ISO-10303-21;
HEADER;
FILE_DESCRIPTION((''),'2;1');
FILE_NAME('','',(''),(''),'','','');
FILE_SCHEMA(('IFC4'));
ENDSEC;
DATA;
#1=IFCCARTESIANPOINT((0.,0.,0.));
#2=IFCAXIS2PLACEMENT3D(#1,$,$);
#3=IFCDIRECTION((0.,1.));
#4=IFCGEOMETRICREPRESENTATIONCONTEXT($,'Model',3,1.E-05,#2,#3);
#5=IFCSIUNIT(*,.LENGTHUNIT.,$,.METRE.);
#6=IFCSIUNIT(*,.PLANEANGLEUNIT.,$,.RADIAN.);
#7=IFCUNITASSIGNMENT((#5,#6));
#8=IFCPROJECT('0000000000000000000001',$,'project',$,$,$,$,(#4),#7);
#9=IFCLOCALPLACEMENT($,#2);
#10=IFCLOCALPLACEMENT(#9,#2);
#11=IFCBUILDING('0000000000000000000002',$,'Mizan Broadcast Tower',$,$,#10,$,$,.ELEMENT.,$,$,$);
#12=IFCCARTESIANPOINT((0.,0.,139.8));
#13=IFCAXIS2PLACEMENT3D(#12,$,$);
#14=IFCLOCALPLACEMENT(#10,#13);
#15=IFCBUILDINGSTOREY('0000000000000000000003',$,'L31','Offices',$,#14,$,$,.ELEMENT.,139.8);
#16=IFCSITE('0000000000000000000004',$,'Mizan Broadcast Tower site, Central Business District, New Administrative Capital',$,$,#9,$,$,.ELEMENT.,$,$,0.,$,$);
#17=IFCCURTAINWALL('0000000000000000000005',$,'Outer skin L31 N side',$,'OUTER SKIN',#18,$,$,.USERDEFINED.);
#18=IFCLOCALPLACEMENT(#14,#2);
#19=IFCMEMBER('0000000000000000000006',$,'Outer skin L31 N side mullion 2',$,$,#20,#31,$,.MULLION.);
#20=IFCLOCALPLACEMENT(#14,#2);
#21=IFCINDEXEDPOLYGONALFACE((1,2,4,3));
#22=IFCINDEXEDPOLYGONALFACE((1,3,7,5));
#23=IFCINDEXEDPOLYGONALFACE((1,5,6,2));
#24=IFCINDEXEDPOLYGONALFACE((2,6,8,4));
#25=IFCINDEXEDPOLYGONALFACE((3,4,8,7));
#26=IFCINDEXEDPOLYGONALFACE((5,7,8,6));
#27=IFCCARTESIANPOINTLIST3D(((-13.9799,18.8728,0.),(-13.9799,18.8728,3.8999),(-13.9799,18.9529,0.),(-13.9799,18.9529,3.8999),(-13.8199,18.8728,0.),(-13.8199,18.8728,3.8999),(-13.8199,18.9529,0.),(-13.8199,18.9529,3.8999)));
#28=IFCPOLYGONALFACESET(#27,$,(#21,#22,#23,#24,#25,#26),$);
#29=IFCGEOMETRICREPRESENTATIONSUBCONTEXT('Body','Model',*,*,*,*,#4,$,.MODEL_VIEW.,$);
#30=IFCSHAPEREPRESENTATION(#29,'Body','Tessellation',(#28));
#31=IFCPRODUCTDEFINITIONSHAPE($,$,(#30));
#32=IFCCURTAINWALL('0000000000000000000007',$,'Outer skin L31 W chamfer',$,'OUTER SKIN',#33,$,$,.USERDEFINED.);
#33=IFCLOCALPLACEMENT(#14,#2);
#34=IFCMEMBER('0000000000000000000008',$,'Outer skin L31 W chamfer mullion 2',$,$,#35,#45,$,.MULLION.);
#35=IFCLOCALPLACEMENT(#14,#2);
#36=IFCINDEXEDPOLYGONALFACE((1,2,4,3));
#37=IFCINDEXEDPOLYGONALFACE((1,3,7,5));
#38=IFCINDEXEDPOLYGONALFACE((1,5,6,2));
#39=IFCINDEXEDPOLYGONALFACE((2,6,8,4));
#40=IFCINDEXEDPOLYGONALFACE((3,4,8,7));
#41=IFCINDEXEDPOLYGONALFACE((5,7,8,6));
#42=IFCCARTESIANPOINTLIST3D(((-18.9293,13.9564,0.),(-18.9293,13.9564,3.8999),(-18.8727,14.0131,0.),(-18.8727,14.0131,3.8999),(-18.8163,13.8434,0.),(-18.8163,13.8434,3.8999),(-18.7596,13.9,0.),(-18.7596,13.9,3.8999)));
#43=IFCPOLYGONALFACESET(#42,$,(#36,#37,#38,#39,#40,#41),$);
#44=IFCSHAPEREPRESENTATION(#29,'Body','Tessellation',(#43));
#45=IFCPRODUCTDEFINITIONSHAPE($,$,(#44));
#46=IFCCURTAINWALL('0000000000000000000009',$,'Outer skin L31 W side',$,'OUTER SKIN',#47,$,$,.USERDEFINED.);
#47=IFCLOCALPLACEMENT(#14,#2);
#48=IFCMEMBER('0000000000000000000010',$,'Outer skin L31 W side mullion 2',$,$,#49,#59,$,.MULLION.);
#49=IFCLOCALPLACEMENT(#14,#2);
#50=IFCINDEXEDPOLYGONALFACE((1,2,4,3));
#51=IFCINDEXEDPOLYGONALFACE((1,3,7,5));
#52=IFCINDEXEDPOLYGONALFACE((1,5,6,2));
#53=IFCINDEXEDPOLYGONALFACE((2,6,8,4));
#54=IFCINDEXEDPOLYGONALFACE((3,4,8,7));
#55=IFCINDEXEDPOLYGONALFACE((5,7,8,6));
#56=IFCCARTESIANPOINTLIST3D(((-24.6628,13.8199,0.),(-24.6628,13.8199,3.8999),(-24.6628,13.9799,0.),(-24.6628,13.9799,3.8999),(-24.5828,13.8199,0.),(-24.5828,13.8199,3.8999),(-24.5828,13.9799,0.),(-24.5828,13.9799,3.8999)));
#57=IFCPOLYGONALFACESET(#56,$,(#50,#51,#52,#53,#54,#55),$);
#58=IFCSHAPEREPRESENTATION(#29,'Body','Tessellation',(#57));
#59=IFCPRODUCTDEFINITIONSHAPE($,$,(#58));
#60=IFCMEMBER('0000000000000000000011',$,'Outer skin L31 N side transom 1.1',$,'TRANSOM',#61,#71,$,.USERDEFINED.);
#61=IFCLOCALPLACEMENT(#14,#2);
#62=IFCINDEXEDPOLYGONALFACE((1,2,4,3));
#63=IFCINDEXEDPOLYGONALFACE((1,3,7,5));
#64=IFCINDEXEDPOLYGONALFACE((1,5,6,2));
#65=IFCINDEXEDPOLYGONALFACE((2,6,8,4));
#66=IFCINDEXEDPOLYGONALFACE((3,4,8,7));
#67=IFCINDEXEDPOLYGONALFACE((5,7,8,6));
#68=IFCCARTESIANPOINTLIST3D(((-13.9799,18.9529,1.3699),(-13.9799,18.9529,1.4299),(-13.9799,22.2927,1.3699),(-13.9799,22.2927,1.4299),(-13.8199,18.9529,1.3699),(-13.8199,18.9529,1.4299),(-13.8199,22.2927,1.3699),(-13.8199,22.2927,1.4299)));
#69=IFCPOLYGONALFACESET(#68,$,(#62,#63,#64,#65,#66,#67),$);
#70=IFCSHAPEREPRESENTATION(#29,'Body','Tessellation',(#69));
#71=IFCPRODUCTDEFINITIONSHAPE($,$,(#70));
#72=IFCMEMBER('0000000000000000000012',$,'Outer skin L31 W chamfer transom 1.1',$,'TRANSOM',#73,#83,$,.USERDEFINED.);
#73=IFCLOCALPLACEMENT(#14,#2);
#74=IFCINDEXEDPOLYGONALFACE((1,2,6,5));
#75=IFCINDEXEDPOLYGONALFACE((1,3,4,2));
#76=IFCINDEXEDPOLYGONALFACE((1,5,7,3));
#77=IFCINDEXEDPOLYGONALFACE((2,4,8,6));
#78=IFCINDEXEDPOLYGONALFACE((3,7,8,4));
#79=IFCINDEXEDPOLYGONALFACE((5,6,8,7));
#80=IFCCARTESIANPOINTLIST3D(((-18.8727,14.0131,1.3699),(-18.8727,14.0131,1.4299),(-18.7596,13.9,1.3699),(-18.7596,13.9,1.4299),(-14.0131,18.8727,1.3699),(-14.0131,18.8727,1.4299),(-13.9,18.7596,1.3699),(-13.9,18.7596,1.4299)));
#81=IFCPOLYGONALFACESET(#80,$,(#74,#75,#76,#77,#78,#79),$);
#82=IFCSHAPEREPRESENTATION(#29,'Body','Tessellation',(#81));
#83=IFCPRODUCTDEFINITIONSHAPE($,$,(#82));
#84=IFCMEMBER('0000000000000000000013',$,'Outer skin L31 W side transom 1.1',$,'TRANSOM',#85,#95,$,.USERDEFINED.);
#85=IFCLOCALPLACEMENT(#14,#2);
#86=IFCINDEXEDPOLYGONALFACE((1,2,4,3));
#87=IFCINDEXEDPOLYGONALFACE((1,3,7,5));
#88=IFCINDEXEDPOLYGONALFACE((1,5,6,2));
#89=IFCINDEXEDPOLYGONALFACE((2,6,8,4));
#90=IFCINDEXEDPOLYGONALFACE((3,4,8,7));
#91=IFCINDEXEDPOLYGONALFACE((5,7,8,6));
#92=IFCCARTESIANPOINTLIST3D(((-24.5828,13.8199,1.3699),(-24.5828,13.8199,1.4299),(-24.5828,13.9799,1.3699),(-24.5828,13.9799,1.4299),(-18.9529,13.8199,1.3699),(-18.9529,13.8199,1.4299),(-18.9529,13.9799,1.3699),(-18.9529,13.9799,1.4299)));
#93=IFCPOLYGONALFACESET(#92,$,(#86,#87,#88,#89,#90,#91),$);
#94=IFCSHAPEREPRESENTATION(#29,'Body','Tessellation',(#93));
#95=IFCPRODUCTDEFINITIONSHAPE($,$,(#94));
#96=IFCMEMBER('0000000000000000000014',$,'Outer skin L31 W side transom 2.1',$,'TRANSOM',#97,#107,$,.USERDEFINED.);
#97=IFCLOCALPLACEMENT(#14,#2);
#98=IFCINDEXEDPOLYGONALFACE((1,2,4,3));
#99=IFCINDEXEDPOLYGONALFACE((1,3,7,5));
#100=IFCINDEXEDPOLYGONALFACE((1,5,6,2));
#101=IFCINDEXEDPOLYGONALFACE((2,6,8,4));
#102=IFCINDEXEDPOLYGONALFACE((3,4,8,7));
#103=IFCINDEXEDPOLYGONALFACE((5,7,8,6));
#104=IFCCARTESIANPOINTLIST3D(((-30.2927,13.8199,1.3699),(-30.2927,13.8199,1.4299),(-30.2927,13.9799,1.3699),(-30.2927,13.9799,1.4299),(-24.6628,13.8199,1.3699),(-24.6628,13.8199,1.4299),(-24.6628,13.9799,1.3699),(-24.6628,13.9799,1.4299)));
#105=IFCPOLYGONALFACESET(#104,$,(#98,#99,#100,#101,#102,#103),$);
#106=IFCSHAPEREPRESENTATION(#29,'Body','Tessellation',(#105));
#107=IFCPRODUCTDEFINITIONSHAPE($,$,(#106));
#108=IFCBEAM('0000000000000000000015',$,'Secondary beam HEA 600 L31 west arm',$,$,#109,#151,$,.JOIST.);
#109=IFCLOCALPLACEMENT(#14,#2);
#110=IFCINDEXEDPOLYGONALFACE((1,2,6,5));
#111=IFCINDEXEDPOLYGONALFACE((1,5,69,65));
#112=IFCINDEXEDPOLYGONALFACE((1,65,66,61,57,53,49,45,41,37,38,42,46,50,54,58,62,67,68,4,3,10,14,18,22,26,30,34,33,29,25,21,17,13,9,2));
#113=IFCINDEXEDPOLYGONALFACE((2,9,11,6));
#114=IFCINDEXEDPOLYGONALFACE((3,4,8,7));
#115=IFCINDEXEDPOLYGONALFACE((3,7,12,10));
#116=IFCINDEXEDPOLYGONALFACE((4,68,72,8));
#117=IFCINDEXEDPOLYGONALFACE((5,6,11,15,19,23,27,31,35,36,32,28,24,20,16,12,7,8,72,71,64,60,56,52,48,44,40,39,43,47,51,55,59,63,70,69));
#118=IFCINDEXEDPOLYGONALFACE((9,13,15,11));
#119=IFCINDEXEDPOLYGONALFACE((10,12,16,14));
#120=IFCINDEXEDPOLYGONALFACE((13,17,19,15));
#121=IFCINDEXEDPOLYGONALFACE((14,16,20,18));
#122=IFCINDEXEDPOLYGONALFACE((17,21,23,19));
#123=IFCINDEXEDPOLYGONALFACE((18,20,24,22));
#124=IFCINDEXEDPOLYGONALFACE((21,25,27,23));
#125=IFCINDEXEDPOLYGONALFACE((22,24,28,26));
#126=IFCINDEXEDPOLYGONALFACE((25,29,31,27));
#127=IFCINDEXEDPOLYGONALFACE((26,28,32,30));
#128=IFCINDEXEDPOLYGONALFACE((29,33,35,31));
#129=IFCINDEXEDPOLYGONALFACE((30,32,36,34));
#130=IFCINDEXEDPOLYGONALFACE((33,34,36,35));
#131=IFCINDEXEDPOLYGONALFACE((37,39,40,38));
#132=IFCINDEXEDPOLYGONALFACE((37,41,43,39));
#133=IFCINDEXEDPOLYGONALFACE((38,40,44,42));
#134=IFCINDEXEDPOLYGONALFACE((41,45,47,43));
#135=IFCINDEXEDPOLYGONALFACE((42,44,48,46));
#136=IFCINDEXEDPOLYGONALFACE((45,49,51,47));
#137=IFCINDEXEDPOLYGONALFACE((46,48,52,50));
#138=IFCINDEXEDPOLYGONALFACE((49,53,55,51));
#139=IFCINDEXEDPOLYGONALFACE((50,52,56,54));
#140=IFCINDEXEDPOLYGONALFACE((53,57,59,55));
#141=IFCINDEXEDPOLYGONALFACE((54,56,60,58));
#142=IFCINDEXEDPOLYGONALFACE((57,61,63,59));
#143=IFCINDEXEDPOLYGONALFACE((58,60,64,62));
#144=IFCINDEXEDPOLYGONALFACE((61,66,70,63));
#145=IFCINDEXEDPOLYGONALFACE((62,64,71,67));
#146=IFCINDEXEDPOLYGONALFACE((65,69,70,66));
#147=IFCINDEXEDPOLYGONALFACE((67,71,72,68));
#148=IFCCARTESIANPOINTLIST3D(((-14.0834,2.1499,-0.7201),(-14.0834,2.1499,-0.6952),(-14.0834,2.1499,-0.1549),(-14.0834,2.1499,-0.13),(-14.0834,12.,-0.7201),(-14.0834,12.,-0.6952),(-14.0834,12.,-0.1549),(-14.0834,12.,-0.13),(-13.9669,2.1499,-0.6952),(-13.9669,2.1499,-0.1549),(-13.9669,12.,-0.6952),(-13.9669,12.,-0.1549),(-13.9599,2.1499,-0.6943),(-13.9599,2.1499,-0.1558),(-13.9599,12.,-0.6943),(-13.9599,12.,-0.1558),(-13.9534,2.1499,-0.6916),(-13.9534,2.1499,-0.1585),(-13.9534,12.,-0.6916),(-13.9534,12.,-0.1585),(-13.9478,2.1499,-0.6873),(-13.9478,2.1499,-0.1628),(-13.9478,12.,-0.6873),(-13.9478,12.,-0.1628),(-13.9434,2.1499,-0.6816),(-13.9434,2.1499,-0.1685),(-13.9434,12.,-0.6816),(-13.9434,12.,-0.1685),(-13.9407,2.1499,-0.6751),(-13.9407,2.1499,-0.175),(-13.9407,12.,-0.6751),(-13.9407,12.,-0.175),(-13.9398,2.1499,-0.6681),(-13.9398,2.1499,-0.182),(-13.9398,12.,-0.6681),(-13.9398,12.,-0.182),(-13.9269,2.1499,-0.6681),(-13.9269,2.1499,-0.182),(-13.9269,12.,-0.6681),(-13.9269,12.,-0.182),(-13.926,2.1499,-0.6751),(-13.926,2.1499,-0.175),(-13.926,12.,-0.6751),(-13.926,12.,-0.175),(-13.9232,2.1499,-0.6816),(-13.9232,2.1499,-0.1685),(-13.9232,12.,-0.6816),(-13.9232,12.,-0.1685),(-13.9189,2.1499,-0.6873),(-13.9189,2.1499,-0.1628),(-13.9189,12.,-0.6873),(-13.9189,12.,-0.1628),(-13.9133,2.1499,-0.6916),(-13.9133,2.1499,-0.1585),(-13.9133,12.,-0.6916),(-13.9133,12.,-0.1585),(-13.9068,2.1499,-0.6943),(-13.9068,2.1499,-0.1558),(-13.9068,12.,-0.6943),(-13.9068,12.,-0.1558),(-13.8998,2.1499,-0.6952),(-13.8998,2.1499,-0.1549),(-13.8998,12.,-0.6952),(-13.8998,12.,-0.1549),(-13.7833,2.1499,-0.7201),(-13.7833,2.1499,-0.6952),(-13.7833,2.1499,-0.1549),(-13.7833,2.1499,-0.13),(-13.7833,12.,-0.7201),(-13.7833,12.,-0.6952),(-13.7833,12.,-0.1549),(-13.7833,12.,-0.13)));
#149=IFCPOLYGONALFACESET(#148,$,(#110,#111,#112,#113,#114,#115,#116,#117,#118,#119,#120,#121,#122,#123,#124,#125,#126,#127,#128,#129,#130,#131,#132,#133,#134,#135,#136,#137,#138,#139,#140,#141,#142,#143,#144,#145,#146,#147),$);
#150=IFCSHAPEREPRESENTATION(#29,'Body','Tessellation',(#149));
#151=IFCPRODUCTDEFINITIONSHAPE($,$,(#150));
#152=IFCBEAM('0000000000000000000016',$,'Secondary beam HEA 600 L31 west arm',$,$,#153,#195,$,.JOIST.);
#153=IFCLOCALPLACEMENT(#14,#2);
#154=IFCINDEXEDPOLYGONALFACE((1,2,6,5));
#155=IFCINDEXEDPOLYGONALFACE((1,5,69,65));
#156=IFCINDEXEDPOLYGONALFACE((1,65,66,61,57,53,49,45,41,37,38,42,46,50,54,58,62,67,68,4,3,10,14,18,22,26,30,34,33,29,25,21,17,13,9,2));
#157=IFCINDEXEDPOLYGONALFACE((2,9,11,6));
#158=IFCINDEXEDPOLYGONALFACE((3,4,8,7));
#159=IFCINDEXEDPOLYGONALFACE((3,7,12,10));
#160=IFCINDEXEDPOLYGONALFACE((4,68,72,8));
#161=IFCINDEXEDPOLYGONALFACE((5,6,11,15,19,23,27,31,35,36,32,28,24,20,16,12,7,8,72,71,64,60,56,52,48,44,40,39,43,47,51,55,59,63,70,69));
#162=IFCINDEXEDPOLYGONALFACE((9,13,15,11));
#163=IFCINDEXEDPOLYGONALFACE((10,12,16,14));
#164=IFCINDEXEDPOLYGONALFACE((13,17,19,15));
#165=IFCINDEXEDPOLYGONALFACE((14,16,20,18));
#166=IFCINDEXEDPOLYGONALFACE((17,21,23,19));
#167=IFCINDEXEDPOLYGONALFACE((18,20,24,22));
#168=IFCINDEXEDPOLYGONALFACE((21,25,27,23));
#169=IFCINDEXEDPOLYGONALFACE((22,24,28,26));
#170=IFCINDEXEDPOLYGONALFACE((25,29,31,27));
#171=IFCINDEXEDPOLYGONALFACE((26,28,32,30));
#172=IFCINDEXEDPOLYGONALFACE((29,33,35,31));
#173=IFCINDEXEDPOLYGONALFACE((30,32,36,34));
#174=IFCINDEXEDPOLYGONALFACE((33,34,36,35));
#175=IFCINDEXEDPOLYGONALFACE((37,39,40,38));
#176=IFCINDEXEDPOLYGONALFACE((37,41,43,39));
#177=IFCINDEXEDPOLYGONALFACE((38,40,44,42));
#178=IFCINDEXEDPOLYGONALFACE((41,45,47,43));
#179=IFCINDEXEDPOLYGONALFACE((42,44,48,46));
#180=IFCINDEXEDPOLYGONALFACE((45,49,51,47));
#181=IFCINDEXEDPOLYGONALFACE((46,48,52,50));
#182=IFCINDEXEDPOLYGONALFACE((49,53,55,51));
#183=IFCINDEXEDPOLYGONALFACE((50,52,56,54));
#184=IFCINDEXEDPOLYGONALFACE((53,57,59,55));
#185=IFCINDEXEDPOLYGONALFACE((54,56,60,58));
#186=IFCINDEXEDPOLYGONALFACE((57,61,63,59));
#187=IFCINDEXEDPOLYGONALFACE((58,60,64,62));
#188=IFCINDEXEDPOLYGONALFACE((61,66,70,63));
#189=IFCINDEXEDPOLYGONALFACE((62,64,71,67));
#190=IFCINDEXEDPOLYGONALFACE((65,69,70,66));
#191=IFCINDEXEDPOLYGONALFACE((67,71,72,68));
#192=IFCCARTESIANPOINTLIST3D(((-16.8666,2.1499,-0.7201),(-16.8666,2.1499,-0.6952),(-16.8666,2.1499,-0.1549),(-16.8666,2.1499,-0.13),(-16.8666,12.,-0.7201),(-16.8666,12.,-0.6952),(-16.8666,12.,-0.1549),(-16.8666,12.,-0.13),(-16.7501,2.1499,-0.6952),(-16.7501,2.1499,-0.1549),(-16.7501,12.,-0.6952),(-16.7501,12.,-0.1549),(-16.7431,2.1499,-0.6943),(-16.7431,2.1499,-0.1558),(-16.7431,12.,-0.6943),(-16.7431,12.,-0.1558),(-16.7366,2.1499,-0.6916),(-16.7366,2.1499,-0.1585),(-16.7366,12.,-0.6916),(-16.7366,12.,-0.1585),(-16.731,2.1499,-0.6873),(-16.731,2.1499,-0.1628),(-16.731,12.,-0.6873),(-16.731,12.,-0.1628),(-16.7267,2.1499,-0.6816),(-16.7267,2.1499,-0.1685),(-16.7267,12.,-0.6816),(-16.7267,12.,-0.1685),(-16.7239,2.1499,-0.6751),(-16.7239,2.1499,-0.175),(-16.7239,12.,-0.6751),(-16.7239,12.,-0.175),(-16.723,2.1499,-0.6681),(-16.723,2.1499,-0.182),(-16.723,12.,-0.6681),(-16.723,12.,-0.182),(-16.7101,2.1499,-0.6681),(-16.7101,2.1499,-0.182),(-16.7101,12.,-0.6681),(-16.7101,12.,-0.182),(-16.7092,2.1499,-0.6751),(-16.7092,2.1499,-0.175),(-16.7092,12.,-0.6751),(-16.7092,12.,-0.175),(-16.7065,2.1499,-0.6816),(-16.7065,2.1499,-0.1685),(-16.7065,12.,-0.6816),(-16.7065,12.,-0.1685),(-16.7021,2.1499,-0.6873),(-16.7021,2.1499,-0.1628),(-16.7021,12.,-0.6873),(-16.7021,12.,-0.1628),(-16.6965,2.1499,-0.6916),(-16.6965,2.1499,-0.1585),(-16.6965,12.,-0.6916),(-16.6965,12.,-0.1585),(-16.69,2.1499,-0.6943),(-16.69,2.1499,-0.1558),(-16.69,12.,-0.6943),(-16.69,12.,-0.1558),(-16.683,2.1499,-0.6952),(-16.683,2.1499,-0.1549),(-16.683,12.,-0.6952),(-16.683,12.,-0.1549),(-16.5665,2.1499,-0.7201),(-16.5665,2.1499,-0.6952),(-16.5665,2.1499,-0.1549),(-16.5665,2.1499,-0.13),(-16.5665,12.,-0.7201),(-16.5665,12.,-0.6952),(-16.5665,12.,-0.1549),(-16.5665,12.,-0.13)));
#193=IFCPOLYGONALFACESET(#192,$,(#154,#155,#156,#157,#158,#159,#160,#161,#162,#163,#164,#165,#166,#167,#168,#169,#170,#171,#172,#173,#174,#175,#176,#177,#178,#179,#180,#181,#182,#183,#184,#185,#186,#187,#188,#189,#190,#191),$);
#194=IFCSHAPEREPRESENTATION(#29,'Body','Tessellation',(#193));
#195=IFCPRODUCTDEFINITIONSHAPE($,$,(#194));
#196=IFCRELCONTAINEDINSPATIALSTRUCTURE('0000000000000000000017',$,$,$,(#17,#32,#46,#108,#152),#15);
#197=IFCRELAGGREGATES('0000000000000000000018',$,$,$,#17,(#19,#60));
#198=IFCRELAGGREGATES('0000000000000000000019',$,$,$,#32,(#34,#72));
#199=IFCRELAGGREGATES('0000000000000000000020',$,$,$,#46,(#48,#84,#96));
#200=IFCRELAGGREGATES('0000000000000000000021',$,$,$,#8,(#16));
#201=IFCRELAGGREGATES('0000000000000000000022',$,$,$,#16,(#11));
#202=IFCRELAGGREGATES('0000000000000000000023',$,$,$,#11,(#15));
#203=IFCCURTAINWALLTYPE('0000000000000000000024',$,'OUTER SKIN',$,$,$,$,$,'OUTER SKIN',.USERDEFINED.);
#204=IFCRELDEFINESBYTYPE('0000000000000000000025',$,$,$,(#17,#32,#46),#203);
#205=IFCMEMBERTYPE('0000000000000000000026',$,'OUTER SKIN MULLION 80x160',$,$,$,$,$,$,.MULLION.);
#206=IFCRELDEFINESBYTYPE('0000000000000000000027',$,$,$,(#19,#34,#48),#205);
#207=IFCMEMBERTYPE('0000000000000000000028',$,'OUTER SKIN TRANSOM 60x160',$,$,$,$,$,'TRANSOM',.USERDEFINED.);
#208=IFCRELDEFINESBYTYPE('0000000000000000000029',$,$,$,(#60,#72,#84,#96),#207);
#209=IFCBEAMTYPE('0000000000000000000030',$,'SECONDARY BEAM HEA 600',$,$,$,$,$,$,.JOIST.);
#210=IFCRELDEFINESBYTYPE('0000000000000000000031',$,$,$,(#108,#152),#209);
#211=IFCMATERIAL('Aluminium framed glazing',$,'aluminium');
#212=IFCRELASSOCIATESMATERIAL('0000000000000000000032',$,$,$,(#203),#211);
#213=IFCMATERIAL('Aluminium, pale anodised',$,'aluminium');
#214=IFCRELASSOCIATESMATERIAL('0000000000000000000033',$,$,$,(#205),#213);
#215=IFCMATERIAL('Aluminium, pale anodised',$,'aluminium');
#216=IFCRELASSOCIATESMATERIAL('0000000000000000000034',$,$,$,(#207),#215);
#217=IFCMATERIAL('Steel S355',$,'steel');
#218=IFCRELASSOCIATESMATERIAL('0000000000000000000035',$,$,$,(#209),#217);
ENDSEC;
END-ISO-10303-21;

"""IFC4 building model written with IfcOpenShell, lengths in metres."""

from ifc_helpers import new_model, si_unit, direction, frame, origin, origin_2d, place, context, subcontext, project, spatial, rectangle, i_section, extrude, material, material_profile, profile_set, type_object, element, aggregate, save


model = new_model("IFC4")

# Units and contexts
model_context = context("Model", 3, precision=1e-05, world=origin(), true_north=direction((0.0, 1.0)))
body_context = subcontext(model_context, "Body", "Model", "MODEL_VIEW")
ifc_project = project(units=[si_unit("LENGTHUNIT", "METRE"), si_unit("PLANEANGLEUNIT", "RADIAN")], contexts=[model_context])

# Site, building, storey
site_placement = place(None, origin())
site = spatial("IfcSite", under=ifc_project, at=site_placement, Name="Mizan Broadcast Tower site, Central Business District, New Administrative Capital", CompositionType="ELEMENT", RefElevation=0.0)
building_placement = place(site_placement, origin())
building = spatial("IfcBuilding", under=site, at=building_placement, Name="Mizan Broadcast Tower", CompositionType="ELEMENT")
storey_placement = place(building_placement, frame((0.0, 0.0, 139.8)))
storey = spatial("IfcBuildingStorey", under=building, at=storey_placement, Name="L31", Description="Offices", CompositionType="ELEMENT", Elevation=139.8)

# Curtain walls, members
ifc_material_1 = material(Name="Aluminium framed glazing", Category="aluminium")
curtain_wall_type_1 = type_object("IfcCurtainWallType", Name="OUTER SKIN", ElementType="OUTER SKIN", PredefinedType="USERDEFINED", material=ifc_material_1)
curtain_wall_1_placement = place(storey_placement, origin())
curtain_wall_1 = element("IfcCurtainWall", 1, at=curtain_wall_1_placement, inside=storey, type_object=curtain_wall_type_1, Name="Outer skin L31 N side", ObjectType="OUTER SKIN", PredefinedType="USERDEFINED")
ifc_material_2 = material(Name="Aluminium, pale anodised", Category="aluminium")
ifc_material_profile_1 = material_profile(ifc_material_2, rectangle(XDim=0.1599, YDim=0.0801, at=origin_2d()), Name="MULLION 160x80")
ifc_profile_set_1 = profile_set([ifc_material_profile_1], Name="Aluminium, pale anodised")
member_type_1 = type_object("IfcMemberType", Name="OUTER SKIN MULLION 80x160", PredefinedType="MULLION", material=ifc_profile_set_1)
member_1_placement = place(storey_placement, frame((-13.8999, 18.9128, 0.0), z_axis=(0.0, 0.0, 1.0), x_axis=(1.0, 0.0, 0.0)))
member_1 = element("IfcMember", 2, at=member_1_placement, type_object=member_type_1, Name="Outer skin L31 N side mullion 2", PredefinedType="MULLION", context=body_context, shape_type="SweptSolid", body=[
    extrude(rectangle(XDim=0.1599, YDim=0.0801, at=origin_2d()), origin(), (0.0, 0.0, 1.0), 3.8999),
])
curtain_wall_2_placement = place(storey_placement, origin())
curtain_wall_2 = element("IfcCurtainWall", 3, at=curtain_wall_2_placement, inside=storey, type_object=curtain_wall_type_1, Name="Outer skin L31 W chamfer", ObjectType="OUTER SKIN", PredefinedType="USERDEFINED")
member_2_placement = place(storey_placement, frame((-18.8445, 13.9282, 0.0), z_axis=(0.0, 0.0, 1.0), x_axis=(0.707107, -0.707107, 0.0)))
member_2 = element("IfcMember", 4, at=member_2_placement, type_object=member_type_1, Name="Outer skin L31 W chamfer mullion 2", PredefinedType="MULLION", context=body_context, shape_type="SweptSolid", body=[
    extrude(rectangle(XDim=0.1599, YDim=0.0801, at=origin_2d()), origin(), (0.0, 0.0, 1.0), 3.8999),
])
curtain_wall_3_placement = place(storey_placement, origin())
curtain_wall_3 = element("IfcCurtainWall", 5, at=curtain_wall_3_placement, inside=storey, type_object=curtain_wall_type_1, Name="Outer skin L31 W side", ObjectType="OUTER SKIN", PredefinedType="USERDEFINED")
member_3_placement = place(storey_placement, frame((-24.6228, 13.8999, 0.0), z_axis=(0.0, 0.0, 1.0), x_axis=(0.0, -1.0, 0.0)))
member_3 = element("IfcMember", 6, at=member_3_placement, type_object=member_type_1, Name="Outer skin L31 W side mullion 2", PredefinedType="MULLION", context=body_context, shape_type="SweptSolid", body=[
    extrude(rectangle(XDim=0.1599, YDim=0.0801, at=origin_2d()), origin(), (0.0, 0.0, 1.0), 3.8999),
])

# Members
ifc_material_3 = material(Name="Aluminium, pale anodised", Category="aluminium")
ifc_material_profile_2 = material_profile(ifc_material_3, rectangle(XDim=0.1599, YDim=0.0601, at=origin_2d()), Name="TRANSOM 160x60")
ifc_profile_set_2 = profile_set([ifc_material_profile_2], Name="Aluminium, pale anodised")
member_type_2 = type_object("IfcMemberType", Name="OUTER SKIN TRANSOM 60x160", ElementType="TRANSOM", PredefinedType="USERDEFINED", material=ifc_profile_set_2)
member_4_placement = place(storey_placement, frame((-13.8999, 22.2927, 1.3999), z_axis=(0.0, -1.0, 0.0), x_axis=(1.0, 0.0, 0.0)))
member_4 = element("IfcMember", 7, at=member_4_placement, type_object=member_type_2, Name="Outer skin L31 N side transom 1.1", ObjectType="TRANSOM", PredefinedType="USERDEFINED", context=body_context, shape_type="SweptSolid", body=[
    extrude(rectangle(XDim=0.1599, YDim=0.0601, at=origin_2d()), origin(), (0.0, 0.0, 1.0), 3.3398),
])
member_5_placement = place(storey_placement, frame((-13.9565, 18.8162, 1.3999), z_axis=(-0.707107, -0.707107, 0.0), x_axis=(0.707107, -0.707107, 0.0)))
member_5 = element("IfcMember", 8, at=member_5_placement, type_object=member_type_2, Name="Outer skin L31 W chamfer transom 1.1", ObjectType="TRANSOM", PredefinedType="USERDEFINED", context=body_context, shape_type="SweptSolid", body=[
    extrude(rectangle(XDim=0.1599, YDim=0.0601, at=origin_2d()), origin(), (0.0, 0.0, 1.0), 6.8726),
])
member_6_placement = place(storey_placement, frame((-18.9529, 13.8999, 1.3999), z_axis=(-1.0, 0.0, 0.0), x_axis=(0.0, -1.0, 0.0)))
member_6 = element("IfcMember", 9, at=member_6_placement, type_object=member_type_2, Name="Outer skin L31 W side transom 1.1", ObjectType="TRANSOM", PredefinedType="USERDEFINED", context=body_context, shape_type="SweptSolid", body=[
    extrude(rectangle(XDim=0.1599, YDim=0.0601, at=origin_2d()), origin(), (0.0, 0.0, 1.0), 5.6299),
])
member_7_placement = place(storey_placement, frame((-24.6628, 13.8999, 1.3999), z_axis=(-1.0, 0.0, 0.0), x_axis=(0.0, -1.0, 0.0)))
member_7 = element("IfcMember", 10, at=member_7_placement, type_object=member_type_2, Name="Outer skin L31 W side transom 2.1", ObjectType="TRANSOM", PredefinedType="USERDEFINED", context=body_context, shape_type="SweptSolid", body=[
    extrude(rectangle(XDim=0.1599, YDim=0.0601, at=origin_2d()), origin(), (0.0, 0.0, 1.0), 5.6299),
])

# Beams
ifc_material_4 = material(Name="Steel S355", Category="steel")
ifc_material_profile_3 = material_profile(ifc_material_4, i_section(OverallWidth=0.3, OverallDepth=0.5901, WebThickness=0.0129, FlangeThickness=0.0249, FilletRadius=0.0271, at=origin_2d()), Name="HEA 600")
ifc_profile_set_3 = profile_set([ifc_material_profile_3], Name="Steel S355")
beam_type_1 = type_object("IfcBeamType", Name="SECONDARY BEAM HEA 600", PredefinedType="JOIST", material=ifc_profile_set_3)
for number, where, z_axis, x_axis, name in (
    (11, (-13.9333, 12.0, -0.425), (0.0, -1.0, 0.0), (1.0, 0.0, 0.0), "Secondary beam HEA 600 L31 west arm"),
    (12, (-16.7166, 12.0, -0.425), (0.0, -1.0, 0.0), (1.0, 0.0, 0.0), "Secondary beam HEA 600 L31 west arm"),
):
    element("IfcBeam", number, at=place(storey_placement, frame(where, z_axis=z_axis, x_axis=x_axis)), inside=storey, type_object=beam_type_1, Name=name, PredefinedType="JOIST", context=body_context, shape_type="SweptSolid", body=[
        extrude(i_section(OverallWidth=0.3, OverallDepth=0.5901, WebThickness=0.0129, FlangeThickness=0.0249, FilletRadius=0.0271, at=origin_2d()), origin(), (0.0, 0.0, 1.0), 9.8501),
    ])

aggregate(curtain_wall_1, [member_1, member_4])
aggregate(curtain_wall_2, [member_2, member_5])
aggregate(curtain_wall_3, [member_3, member_6, member_7])

save(model, "model.ifc")
